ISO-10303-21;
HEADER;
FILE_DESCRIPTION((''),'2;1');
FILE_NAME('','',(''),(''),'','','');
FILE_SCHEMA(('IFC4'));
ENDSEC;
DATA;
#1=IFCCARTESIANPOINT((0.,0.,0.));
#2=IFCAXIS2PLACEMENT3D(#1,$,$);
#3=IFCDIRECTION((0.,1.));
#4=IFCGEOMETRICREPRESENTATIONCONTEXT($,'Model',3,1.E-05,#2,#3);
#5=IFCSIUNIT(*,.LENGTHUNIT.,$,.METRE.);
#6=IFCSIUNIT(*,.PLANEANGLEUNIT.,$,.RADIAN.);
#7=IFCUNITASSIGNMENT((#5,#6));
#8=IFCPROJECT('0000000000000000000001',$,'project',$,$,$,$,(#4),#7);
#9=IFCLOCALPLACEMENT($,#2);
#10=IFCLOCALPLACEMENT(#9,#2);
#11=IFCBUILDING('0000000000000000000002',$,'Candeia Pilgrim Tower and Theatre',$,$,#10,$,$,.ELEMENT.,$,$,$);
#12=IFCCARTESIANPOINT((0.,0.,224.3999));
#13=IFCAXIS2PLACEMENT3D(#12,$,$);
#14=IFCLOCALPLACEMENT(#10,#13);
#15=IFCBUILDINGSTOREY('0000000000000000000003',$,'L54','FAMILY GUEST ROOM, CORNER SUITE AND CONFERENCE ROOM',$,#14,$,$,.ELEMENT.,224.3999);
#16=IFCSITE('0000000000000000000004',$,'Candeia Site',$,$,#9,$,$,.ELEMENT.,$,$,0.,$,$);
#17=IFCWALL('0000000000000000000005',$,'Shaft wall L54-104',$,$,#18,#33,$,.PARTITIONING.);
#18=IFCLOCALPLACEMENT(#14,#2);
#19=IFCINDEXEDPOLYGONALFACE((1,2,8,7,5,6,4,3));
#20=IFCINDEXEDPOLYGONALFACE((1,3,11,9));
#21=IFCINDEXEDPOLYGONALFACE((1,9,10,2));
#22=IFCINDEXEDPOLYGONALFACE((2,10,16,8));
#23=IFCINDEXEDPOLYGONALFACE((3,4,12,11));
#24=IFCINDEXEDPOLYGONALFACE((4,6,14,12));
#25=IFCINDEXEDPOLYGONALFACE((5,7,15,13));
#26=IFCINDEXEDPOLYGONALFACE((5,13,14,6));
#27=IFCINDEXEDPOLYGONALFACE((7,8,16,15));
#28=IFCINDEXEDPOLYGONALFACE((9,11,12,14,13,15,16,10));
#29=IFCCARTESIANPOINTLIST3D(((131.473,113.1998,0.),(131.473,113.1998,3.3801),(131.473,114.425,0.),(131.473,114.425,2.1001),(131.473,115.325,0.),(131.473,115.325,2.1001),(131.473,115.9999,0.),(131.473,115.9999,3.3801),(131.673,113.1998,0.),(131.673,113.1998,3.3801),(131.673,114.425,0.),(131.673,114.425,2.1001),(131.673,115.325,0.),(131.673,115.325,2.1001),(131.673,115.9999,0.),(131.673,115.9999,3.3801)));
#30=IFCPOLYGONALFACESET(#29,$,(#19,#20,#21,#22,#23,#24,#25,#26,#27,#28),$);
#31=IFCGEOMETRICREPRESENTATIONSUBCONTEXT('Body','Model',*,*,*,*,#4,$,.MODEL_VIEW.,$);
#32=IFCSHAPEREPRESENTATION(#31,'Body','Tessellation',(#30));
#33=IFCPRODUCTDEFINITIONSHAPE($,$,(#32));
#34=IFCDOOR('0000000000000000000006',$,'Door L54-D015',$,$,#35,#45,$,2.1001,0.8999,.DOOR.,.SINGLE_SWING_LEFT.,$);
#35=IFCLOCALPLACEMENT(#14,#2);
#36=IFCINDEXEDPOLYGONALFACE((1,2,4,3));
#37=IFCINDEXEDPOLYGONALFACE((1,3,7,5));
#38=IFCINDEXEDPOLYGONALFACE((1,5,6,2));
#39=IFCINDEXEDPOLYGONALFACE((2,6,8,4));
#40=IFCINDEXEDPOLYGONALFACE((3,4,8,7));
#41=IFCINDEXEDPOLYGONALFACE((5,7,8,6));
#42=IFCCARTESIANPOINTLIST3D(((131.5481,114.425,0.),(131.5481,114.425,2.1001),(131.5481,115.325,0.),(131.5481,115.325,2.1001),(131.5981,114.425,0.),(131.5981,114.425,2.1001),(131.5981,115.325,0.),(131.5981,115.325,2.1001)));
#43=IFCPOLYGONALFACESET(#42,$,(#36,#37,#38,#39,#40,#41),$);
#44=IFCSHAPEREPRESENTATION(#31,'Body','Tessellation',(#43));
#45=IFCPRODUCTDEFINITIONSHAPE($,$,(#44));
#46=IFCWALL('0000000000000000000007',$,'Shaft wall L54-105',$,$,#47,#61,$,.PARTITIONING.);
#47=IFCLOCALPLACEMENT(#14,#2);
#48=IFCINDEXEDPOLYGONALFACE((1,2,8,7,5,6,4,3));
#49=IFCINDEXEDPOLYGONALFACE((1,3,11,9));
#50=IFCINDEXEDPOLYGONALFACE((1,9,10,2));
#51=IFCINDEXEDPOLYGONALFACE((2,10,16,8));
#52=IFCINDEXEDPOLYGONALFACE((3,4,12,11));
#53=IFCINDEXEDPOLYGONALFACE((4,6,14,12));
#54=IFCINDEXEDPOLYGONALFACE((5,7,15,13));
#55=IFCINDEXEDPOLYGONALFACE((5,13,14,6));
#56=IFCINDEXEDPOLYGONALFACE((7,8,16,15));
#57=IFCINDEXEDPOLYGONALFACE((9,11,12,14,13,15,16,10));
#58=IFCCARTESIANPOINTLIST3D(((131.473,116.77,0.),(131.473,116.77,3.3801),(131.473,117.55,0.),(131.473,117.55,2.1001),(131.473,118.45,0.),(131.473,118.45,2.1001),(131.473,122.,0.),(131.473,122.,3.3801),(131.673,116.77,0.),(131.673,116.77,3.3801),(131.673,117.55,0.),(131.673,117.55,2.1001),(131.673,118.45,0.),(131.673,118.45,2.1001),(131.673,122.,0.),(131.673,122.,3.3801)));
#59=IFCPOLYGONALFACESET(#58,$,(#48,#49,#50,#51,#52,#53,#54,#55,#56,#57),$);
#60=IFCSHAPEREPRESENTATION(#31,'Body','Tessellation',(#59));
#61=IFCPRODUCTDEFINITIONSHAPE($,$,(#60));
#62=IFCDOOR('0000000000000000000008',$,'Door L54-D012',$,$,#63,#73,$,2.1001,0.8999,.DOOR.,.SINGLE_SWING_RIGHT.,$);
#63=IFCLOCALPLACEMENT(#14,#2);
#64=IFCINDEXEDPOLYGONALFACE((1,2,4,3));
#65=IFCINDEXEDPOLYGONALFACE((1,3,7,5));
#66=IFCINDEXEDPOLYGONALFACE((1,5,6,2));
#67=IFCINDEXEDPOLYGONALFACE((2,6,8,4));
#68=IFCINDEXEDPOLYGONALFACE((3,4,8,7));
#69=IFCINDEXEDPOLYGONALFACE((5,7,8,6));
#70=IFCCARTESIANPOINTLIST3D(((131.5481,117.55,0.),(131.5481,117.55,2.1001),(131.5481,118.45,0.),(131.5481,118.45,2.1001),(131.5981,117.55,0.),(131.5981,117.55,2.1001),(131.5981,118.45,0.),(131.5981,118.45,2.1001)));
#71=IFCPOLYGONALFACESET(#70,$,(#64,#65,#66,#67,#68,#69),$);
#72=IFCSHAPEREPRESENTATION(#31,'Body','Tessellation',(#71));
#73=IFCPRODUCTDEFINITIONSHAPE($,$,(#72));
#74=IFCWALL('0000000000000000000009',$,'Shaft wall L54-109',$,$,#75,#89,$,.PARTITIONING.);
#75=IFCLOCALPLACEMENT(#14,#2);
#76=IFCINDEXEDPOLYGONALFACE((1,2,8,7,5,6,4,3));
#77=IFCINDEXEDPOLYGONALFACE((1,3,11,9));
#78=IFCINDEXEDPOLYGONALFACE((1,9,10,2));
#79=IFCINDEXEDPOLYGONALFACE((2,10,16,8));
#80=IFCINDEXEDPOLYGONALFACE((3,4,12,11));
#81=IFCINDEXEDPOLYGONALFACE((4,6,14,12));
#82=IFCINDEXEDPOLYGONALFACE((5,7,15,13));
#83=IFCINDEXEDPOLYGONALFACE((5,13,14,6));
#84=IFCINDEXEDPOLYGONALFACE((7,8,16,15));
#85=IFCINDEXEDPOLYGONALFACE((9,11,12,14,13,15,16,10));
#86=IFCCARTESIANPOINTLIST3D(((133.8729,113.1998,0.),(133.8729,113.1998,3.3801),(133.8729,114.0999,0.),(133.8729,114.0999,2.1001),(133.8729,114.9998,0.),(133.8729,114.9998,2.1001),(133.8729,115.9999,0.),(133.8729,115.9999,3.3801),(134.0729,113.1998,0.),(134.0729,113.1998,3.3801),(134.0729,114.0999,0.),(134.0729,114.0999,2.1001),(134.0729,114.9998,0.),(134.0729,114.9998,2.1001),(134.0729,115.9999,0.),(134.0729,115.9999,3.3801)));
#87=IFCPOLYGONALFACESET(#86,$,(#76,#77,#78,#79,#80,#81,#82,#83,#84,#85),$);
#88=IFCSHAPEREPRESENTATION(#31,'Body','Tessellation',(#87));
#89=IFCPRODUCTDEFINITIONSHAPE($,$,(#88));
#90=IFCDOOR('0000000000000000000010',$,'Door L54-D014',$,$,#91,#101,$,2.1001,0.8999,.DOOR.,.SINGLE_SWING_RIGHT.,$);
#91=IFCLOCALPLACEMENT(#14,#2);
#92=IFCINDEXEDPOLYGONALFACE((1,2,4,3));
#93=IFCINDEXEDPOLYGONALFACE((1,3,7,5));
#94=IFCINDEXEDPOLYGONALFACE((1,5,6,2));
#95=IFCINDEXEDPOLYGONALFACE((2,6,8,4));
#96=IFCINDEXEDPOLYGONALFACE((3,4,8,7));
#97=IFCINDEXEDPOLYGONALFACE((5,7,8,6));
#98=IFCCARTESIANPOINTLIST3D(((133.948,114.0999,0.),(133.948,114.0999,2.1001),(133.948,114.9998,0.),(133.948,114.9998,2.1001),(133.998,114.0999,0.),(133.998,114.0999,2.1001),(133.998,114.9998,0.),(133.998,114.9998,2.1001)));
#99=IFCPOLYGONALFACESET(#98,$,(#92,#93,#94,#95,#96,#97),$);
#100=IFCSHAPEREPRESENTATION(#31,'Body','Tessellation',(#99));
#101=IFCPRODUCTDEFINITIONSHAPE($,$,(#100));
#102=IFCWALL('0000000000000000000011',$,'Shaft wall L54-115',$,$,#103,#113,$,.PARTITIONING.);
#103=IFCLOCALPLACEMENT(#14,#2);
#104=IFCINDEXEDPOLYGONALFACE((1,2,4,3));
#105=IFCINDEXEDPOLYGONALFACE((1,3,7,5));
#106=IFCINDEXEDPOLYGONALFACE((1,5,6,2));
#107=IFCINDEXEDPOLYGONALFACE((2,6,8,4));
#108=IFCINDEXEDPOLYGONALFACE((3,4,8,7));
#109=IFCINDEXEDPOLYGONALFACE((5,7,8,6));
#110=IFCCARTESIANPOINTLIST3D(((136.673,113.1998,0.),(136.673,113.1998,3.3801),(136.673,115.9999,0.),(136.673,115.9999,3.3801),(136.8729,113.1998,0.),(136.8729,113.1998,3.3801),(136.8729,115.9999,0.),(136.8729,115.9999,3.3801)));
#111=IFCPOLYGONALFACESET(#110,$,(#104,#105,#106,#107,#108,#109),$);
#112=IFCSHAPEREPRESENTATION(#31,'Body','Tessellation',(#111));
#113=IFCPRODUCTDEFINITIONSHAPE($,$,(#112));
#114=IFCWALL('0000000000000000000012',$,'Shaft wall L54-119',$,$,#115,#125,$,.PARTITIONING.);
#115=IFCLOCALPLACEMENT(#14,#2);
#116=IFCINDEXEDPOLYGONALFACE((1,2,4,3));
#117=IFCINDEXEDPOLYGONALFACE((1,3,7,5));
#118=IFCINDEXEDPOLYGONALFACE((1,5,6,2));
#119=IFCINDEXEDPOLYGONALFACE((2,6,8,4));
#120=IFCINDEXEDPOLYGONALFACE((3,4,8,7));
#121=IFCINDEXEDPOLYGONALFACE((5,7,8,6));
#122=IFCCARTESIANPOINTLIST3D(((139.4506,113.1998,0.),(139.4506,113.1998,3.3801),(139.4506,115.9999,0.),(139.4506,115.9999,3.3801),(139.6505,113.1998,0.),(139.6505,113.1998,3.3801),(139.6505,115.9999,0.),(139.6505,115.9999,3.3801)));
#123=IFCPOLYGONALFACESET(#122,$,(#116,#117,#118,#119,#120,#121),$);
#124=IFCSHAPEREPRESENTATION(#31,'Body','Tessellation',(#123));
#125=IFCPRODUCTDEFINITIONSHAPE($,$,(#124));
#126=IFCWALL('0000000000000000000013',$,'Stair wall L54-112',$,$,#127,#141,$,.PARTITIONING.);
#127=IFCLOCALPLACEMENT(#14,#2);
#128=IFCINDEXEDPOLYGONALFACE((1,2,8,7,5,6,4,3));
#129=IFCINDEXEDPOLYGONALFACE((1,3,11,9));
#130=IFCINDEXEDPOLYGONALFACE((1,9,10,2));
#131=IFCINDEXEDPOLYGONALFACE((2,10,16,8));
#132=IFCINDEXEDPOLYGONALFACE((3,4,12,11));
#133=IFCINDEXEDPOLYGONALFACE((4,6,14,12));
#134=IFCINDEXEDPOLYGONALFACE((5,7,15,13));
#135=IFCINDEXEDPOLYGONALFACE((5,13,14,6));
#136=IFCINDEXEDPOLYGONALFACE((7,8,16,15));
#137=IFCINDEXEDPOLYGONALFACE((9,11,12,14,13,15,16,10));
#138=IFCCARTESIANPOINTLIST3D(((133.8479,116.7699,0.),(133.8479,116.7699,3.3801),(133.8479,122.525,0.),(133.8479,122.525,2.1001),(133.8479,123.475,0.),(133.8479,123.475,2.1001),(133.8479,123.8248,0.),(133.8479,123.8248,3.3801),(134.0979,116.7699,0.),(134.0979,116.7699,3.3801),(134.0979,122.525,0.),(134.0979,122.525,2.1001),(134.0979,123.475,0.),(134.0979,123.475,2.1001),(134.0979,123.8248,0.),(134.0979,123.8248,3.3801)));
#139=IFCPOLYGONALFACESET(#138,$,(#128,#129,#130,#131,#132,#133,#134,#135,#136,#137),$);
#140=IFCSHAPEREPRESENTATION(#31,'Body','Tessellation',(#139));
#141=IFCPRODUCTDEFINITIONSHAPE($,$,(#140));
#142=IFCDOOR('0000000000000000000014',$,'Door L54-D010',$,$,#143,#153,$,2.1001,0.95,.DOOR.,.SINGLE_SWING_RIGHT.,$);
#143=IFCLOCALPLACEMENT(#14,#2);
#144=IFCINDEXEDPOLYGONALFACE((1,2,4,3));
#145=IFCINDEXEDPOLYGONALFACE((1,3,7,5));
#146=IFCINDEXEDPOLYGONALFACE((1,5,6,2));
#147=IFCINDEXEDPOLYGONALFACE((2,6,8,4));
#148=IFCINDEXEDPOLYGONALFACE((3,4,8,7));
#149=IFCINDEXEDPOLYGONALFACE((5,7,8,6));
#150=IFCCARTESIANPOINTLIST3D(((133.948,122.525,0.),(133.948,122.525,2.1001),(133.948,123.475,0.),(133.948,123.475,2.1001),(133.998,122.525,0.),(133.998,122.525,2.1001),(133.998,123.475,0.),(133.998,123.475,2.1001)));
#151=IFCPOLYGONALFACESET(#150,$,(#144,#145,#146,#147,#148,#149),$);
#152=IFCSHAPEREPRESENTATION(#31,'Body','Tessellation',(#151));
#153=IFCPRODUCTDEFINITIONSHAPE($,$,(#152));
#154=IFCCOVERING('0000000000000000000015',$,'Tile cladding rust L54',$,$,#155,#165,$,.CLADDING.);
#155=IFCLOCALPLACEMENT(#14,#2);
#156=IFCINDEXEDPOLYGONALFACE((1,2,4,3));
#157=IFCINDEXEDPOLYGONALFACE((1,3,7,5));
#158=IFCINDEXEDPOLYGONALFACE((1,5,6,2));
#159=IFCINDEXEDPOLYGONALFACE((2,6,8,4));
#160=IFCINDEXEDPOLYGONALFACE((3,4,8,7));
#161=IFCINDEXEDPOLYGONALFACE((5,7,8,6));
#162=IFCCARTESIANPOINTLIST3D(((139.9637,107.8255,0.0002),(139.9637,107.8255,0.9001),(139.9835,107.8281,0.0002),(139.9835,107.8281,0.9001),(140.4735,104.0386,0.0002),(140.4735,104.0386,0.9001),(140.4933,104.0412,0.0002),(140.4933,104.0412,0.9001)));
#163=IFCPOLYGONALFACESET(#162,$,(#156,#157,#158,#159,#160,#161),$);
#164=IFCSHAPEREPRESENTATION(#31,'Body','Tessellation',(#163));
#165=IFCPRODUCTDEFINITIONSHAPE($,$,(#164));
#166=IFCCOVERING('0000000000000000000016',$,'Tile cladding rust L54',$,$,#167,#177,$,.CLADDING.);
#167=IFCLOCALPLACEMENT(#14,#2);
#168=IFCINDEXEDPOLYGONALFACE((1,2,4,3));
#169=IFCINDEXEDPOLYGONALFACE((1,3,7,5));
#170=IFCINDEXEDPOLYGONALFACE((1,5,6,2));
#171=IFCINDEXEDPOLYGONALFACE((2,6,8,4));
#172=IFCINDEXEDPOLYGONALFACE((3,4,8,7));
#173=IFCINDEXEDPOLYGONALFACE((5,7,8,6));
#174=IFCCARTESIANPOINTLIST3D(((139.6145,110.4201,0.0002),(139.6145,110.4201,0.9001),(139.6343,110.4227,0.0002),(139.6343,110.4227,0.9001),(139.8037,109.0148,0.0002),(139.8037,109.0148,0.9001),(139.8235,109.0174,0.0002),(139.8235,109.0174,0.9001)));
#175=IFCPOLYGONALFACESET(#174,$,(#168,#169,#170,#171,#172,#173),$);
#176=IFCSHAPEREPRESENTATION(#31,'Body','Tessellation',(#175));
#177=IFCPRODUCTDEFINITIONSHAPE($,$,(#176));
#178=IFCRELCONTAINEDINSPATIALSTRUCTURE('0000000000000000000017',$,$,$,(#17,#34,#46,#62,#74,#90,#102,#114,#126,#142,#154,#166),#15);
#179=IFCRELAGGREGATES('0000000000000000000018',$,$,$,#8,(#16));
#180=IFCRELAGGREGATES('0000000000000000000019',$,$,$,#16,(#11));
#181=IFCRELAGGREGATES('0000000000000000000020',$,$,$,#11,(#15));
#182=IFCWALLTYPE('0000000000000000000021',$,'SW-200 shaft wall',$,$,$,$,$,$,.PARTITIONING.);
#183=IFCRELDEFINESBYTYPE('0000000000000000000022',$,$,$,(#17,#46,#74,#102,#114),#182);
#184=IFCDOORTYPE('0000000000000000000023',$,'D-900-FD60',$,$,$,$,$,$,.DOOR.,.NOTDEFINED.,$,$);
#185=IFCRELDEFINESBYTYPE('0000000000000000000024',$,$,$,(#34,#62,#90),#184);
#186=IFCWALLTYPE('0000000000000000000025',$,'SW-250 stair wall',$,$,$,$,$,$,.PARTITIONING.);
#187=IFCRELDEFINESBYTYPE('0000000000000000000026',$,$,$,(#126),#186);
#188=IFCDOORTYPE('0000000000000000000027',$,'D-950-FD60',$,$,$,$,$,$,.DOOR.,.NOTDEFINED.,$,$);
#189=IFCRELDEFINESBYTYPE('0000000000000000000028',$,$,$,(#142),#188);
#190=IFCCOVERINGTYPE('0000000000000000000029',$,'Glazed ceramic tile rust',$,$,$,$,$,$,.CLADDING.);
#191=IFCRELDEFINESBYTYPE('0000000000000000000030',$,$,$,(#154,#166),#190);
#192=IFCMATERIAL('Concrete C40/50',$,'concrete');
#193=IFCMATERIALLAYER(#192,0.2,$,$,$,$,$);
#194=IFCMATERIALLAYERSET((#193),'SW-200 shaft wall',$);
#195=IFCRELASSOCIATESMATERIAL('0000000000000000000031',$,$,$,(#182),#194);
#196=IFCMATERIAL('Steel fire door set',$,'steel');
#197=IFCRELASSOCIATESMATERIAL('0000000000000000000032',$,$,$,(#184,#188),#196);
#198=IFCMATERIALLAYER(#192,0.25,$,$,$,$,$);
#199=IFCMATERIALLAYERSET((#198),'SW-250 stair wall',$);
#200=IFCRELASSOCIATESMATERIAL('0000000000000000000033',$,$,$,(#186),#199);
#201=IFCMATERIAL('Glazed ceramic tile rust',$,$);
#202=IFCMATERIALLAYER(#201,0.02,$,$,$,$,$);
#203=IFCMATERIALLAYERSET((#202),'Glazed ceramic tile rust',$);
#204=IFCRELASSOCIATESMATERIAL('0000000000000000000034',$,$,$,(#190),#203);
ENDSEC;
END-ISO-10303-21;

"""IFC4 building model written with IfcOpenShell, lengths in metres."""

from ifc_helpers import new_model, si_unit, direction, frame, frame_2d, origin, origin_2d, place, context, subcontext, project, spatial, rectangle, extrude, material, layer, layer_set, type_object, element, fill, save


model = new_model("IFC4")

# Units and contexts
model_context = context("Model", 3, precision=1e-05, world=origin(), true_north=direction((0.0, 1.0)))
body_context = subcontext(model_context, "Body", "Model", "MODEL_VIEW")
ifc_project = project(units=[si_unit("LENGTHUNIT", "METRE"), si_unit("PLANEANGLEUNIT", "RADIAN")], contexts=[model_context])

# Site, building, storey
site_placement = place(None, origin())
site = spatial("IfcSite", under=ifc_project, at=site_placement, Name="Candeia Site", CompositionType="ELEMENT", RefElevation=0.0)
building_placement = place(site_placement, origin())
building = spatial("IfcBuilding", under=site, at=building_placement, Name="Candeia Pilgrim Tower and Theatre", CompositionType="ELEMENT")
storey_placement = place(building_placement, frame((0.0, 0.0, 224.3999)))
storey = spatial("IfcBuildingStorey", under=building, at=storey_placement, Name="L54", Description="FAMILY GUEST ROOM, CORNER SUITE AND CONFERENCE ROOM", CompositionType="ELEMENT", Elevation=224.3999)

# Shared definitions
ifc_material_1 = material(Name="Steel fire door set", Category="steel")

# Walls, openings, doors
ifc_material_2 = material(Name="Concrete C40/50", Category="concrete")
ifc_layer_1 = layer(ifc_material_2, 0.2)
ifc_layer_set_1 = layer_set([ifc_layer_1], Name="SW-200 shaft wall")
wall_type_1 = type_object("IfcWallType", Name="SW-200 shaft wall", PredefinedType="PARTITIONING", material=ifc_layer_set_1)
door_type_1 = type_object("IfcDoorType", Name="D-900-FD60", OperationType="NOTDEFINED", PredefinedType="DOOR", material=ifc_material_1)
wall_1_placement = place(storey_placement, frame((131.573, 113.2, 0.0), z_axis=(0.0, 0.0, 1.0), x_axis=(0.0, 1.0, 0.0)))
wall_1 = element("IfcWall", 1, at=wall_1_placement, inside=storey, type_object=wall_type_1, Name="Shaft wall L54-104", PredefinedType="PARTITIONING", context=body_context, shape_type="SweptSolid", body=[
    extrude(rectangle(XDim=2.8, YDim=0.2, at=frame_2d((1.3999, 0.0))), origin(), (0.0, 0.0, 1.0), 3.3801),
])
opening_1_placement = place(wall_1_placement, frame((1.2251, 0.0, 0.0)))
opening_1 = element("IfcOpeningElement", 2, at=opening_1_placement, cuts=wall_1, PredefinedType="OPENING", context=body_context, shape_type="SweptSolid", body=[
    extrude(rectangle(XDim=0.8999, YDim=2.1001, at=frame_2d((0.45, 1.05))), frame((0.0, 0.1099, 0.0), z_axis=(0.0, -1.0, 0.0), x_axis=(1.0, 0.0, 0.0)), (0.0, 0.0, 1.0), 0.22),
])
door_1_placement = place(opening_1_placement, origin())
door_1 = element("IfcDoor", 3, at=door_1_placement, inside=storey, type_object=door_type_1, Name="Door L54-D015", OperationType="SINGLE_SWING_LEFT", OverallHeight=2.1001, OverallWidth=0.8999, PredefinedType="DOOR", context=body_context, shape_type="SweptSolid", body=[
    extrude(rectangle(XDim=0.8999, YDim=2.1001, at=frame_2d((0.45, 1.05))), frame((0.0, 0.0249, 0.0), z_axis=(0.0, -1.0, 0.0), x_axis=(1.0, 0.0, 0.0)), (0.0, 0.0, 1.0), 0.05),
])
fill(opening_1, door_1)
wall_2_placement = place(storey_placement, frame((131.573, 116.77, 0.0), z_axis=(0.0, 0.0, 1.0), x_axis=(0.0, 1.0, 0.0)))
wall_2 = element("IfcWall", 4, at=wall_2_placement, inside=storey, type_object=wall_type_1, Name="Shaft wall L54-105", PredefinedType="PARTITIONING", context=body_context, shape_type="SweptSolid", body=[
    extrude(rectangle(XDim=5.23, YDim=0.2, at=frame_2d((2.615, 0.0))), origin(), (0.0, 0.0, 1.0), 3.3801),
])
opening_2_placement = place(wall_2_placement, frame((0.78, 0.0, 0.0)))
opening_2 = element("IfcOpeningElement", 5, at=opening_2_placement, cuts=wall_2, PredefinedType="OPENING", context=body_context, shape_type="SweptSolid", body=[
    extrude(rectangle(XDim=0.8999, YDim=2.1001, at=frame_2d((0.45, 1.05))), frame((0.0, 0.1099, 0.0), z_axis=(0.0, -1.0, 0.0), x_axis=(1.0, 0.0, 0.0)), (0.0, 0.0, 1.0), 0.22),
])
door_2_placement = place(opening_2_placement, origin())
door_2 = element("IfcDoor", 6, at=door_2_placement, inside=storey, type_object=door_type_1, Name="Door L54-D012", OperationType="SINGLE_SWING_RIGHT", OverallHeight=2.1001, OverallWidth=0.8999, PredefinedType="DOOR", context=body_context, shape_type="SweptSolid", body=[
    extrude(rectangle(XDim=0.8999, YDim=2.1001, at=frame_2d((0.45, 1.05))), frame((0.0, 0.0249, 0.0), z_axis=(0.0, -1.0, 0.0), x_axis=(1.0, 0.0, 0.0)), (0.0, 0.0, 1.0), 0.05),
])
fill(opening_2, door_2)
wall_3_placement = place(storey_placement, frame((133.9729, 113.2, 0.0), z_axis=(0.0, 0.0, 1.0), x_axis=(0.0, 1.0, 0.0)))
wall_3 = element("IfcWall", 7, at=wall_3_placement, inside=storey, type_object=wall_type_1, Name="Shaft wall L54-109", PredefinedType="PARTITIONING", context=body_context, shape_type="SweptSolid", body=[
    extrude(rectangle(XDim=2.8, YDim=0.2, at=frame_2d((1.3999, 0.0))), origin(), (0.0, 0.0, 1.0), 3.3801),
])
opening_3_placement = place(wall_3_placement, frame((0.8999, 0.0, 0.0)))
opening_3 = element("IfcOpeningElement", 8, at=opening_3_placement, cuts=wall_3, PredefinedType="OPENING", context=body_context, shape_type="SweptSolid", body=[
    extrude(rectangle(XDim=0.8999, YDim=2.1001, at=frame_2d((0.45, 1.05))), frame((0.0, 0.1099, 0.0), z_axis=(0.0, -1.0, 0.0), x_axis=(1.0, 0.0, 0.0)), (0.0, 0.0, 1.0), 0.22),
])
door_3_placement = place(opening_3_placement, origin())
door_3 = element("IfcDoor", 9, at=door_3_placement, inside=storey, type_object=door_type_1, Name="Door L54-D014", OperationType="SINGLE_SWING_RIGHT", OverallHeight=2.1001, OverallWidth=0.8999, PredefinedType="DOOR", context=body_context, shape_type="SweptSolid", body=[
    extrude(rectangle(XDim=0.8999, YDim=2.1001, at=frame_2d((0.45, 1.05))), frame((0.0, 0.0249, 0.0), z_axis=(0.0, -1.0, 0.0), x_axis=(1.0, 0.0, 0.0)), (0.0, 0.0, 1.0), 0.05),
])
fill(opening_3, door_3)

# Walls
for number, where, z_axis, x_axis, name in (
    (10, (136.7729, 113.2, 0.0), (0.0, 0.0, 1.0), (0.0, 1.0, 0.0), "Shaft wall L54-115"),
    (11, (139.5505, 113.2, 0.0), (0.0, 0.0, 1.0), (0.0, 1.0, 0.0), "Shaft wall L54-119"),
):
    element("IfcWall", number, at=place(storey_placement, frame(where, z_axis=z_axis, x_axis=x_axis)), inside=storey, type_object=wall_type_1, Name=name, PredefinedType="PARTITIONING", context=body_context, shape_type="SweptSolid", body=[
        extrude(rectangle(XDim=2.8, YDim=0.2, at=frame_2d((1.3999, 0.0))), origin(), (0.0, 0.0, 1.0), 3.3801),
    ])

# Wall, opening, door
ifc_layer_2 = layer(ifc_material_2, 0.25)
ifc_layer_set_2 = layer_set([ifc_layer_2], Name="SW-250 stair wall")
wall_type_2 = type_object("IfcWallType", Name="SW-250 stair wall", PredefinedType="PARTITIONING", material=ifc_layer_set_2)
wall_4_placement = place(storey_placement, frame((133.9729, 116.77, 0.0), z_axis=(0.0, 0.0, 1.0), x_axis=(0.0, 1.0, 0.0)))
wall_4 = element("IfcWall", 12, at=wall_4_placement, inside=storey, type_object=wall_type_2, Name="Stair wall L54-112", PredefinedType="PARTITIONING", context=body_context, shape_type="SweptSolid", body=[
    extrude(rectangle(XDim=7.0549, YDim=0.25, at=frame_2d((3.5273, 0.0))), origin(), (0.0, 0.0, 1.0), 3.3801),
])
opening_4_placement = place(wall_4_placement, frame((5.7549, 0.0, 0.0)))
opening_4 = element("IfcOpeningElement", 13, at=opening_4_placement, cuts=wall_4, PredefinedType="OPENING", context=body_context, shape_type="SweptSolid", body=[
    extrude(rectangle(XDim=0.95, YDim=2.1001, at=frame_2d((0.4751, 1.05))), frame((0.0, 0.135, 0.0), z_axis=(0.0, -1.0, 0.0), x_axis=(1.0, 0.0, 0.0)), (0.0, 0.0, 1.0), 0.27),
])
door_type_2 = type_object("IfcDoorType", Name="D-950-FD60", OperationType="NOTDEFINED", PredefinedType="DOOR", material=ifc_material_1)
door_4_placement = place(opening_4_placement, origin())
door_4 = element("IfcDoor", 14, at=door_4_placement, inside=storey, type_object=door_type_2, Name="Door L54-D010", OperationType="SINGLE_SWING_RIGHT", OverallHeight=2.1001, OverallWidth=0.95, PredefinedType="DOOR", context=body_context, shape_type="SweptSolid", body=[
    extrude(rectangle(XDim=0.95, YDim=2.1001, at=frame_2d((0.4751, 1.05))), frame((0.0, 0.0249, 0.0), z_axis=(0.0, -1.0, 0.0), x_axis=(1.0, 0.0, 0.0)), (0.0, 0.0, 1.0), 0.05),
])
fill(opening_4, door_4)

# Coverings
ifc_material_3 = material(Name="Glazed ceramic tile rust")
ifc_layer_3 = layer(ifc_material_3, 0.02)
ifc_layer_set_3 = layer_set([ifc_layer_3], Name="Glazed ceramic tile rust")
covering_type = type_object("IfcCoveringType", Name="Glazed ceramic tile rust", PredefinedType="CLADDING", material=ifc_layer_set_3)
covering_1_placement = place(storey_placement, frame((140.2285, 105.9333, 0.0002), z_axis=(0.0, 0.0, 1.0), x_axis=(-0.133412, 0.991061, 0.0)))
element("IfcCovering", 15, at=covering_1_placement, inside=storey, type_object=covering_type, Name="Tile cladding rust L54", PredefinedType="CLADDING", context=body_context, shape_type="SweptSolid", body=[
    extrude(rectangle(XDim=3.821, YDim=0.02, at=origin_2d()), origin(), (0.0, 0.0, 1.0), 0.8999),
])
covering_2_placement = place(storey_placement, frame((139.719, 109.7188, 0.0002), z_axis=(0.0, 0.0, 1.0), x_axis=(-0.133412, 0.991061, 0.0)))
element("IfcCovering", 16, at=covering_2_placement, inside=storey, type_object=covering_type, Name="Tile cladding rust L54", PredefinedType="CLADDING", context=body_context, shape_type="SweptSolid", body=[
    extrude(rectangle(XDim=1.418, YDim=0.02, at=origin_2d()), origin(), (0.0, 0.0, 1.0), 0.8999),
])

save(model, "model.ifc")
